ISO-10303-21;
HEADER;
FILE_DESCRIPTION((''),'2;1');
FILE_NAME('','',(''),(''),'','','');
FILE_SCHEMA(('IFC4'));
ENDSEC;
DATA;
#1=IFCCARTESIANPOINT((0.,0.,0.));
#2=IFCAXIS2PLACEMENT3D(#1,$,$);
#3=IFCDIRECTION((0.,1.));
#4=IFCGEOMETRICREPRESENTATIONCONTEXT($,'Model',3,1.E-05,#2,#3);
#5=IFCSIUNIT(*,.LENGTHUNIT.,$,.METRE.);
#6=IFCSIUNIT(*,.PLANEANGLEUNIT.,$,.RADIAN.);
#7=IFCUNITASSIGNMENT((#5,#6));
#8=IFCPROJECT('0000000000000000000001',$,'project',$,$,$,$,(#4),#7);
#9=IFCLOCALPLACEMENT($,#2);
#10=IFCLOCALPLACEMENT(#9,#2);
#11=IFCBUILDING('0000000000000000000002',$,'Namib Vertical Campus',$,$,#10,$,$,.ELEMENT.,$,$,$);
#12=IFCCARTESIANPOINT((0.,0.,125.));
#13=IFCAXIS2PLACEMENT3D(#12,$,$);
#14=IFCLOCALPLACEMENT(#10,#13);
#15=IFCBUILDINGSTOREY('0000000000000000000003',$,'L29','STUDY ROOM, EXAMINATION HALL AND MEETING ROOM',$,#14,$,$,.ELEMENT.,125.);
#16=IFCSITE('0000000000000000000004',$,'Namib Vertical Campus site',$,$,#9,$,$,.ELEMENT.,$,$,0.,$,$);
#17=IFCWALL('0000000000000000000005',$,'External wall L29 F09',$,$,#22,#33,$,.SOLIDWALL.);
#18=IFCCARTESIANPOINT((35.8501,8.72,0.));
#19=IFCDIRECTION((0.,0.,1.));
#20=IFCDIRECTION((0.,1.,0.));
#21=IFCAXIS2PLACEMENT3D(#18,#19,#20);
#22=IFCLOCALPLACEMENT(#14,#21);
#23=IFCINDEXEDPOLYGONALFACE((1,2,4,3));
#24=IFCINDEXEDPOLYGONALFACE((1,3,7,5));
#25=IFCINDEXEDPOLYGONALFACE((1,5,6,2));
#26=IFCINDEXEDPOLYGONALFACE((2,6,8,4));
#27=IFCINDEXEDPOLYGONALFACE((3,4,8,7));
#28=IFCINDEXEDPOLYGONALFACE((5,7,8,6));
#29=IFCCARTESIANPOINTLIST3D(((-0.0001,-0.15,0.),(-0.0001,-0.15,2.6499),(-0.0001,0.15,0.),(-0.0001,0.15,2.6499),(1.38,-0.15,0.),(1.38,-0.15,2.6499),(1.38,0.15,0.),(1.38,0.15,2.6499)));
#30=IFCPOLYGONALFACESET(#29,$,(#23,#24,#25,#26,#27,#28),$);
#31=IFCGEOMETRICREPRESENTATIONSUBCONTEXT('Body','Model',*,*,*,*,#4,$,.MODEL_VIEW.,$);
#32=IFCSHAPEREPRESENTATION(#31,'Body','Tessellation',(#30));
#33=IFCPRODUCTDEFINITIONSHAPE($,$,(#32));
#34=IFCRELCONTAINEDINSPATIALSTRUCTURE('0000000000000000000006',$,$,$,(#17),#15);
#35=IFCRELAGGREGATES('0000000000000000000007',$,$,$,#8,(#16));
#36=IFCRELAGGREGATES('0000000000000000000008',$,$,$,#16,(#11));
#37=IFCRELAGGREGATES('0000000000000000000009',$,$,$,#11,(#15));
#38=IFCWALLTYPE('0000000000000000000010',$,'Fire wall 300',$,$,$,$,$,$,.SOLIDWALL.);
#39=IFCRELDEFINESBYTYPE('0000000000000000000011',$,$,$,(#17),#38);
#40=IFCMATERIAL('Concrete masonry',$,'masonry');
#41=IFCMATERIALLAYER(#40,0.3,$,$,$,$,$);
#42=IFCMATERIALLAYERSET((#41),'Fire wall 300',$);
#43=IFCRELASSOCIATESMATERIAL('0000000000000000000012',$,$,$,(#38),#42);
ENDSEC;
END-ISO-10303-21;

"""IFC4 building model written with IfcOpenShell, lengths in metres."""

from ifc_helpers import new_model, si_unit, direction, frame, frame_2d, origin, place, context, subcontext, project, spatial, rectangle, extrude, material, layer, layer_set, type_object, element, save


model = new_model("IFC4")

# Units and contexts
model_context = context("Model", 3, precision=1e-05, world=origin(), true_north=direction((0.0, 1.0)))
body_context = subcontext(model_context, "Body", "Model", "MODEL_VIEW")
ifc_project = project(units=[si_unit("LENGTHUNIT", "METRE"), si_unit("PLANEANGLEUNIT", "RADIAN")], contexts=[model_context])

# Site, building, storey
site_placement = place(None, origin())
site = spatial("IfcSite", under=ifc_project, at=site_placement, Name="Namib Vertical Campus site", CompositionType="ELEMENT", RefElevation=0.0)
building_placement = place(site_placement, origin())
building = spatial("IfcBuilding", under=site, at=building_placement, Name="Namib Vertical Campus", CompositionType="ELEMENT")
storey_placement = place(building_placement, frame((0.0, 0.0, 125.0)))
storey = spatial("IfcBuildingStorey", under=building, at=storey_placement, Name="L29", Description="STUDY ROOM, EXAMINATION HALL AND MEETING ROOM", CompositionType="ELEMENT", Elevation=125.0)

# Wall
ifc_material_1 = material(Name="Concrete masonry", Category="masonry")
ifc_layer_1 = layer(ifc_material_1, 0.3)
ifc_layer_set_1 = layer_set([ifc_layer_1], Name="Fire wall 300")
wall_type_1 = type_object("IfcWallType", Name="Fire wall 300", PredefinedType="SOLIDWALL", material=ifc_layer_set_1)
wall_1_placement = place(storey_placement, frame((35.8501, 8.72, 0.0), z_axis=(0.0, 0.0, 1.0), x_axis=(0.0, 1.0, 0.0)))
element("IfcWall", 1, at=wall_1_placement, inside=storey, type_object=wall_type_1, Name="External wall L29 F09", PredefinedType="SOLIDWALL", context=body_context, shape_type="SweptSolid", body=[
    extrude(rectangle(XDim=1.3801, YDim=0.3, at=frame_2d((0.6899, 0.0))), origin(), (0.0, 0.0, 1.0), 2.6499),
])

save(model, "model.ifc")
